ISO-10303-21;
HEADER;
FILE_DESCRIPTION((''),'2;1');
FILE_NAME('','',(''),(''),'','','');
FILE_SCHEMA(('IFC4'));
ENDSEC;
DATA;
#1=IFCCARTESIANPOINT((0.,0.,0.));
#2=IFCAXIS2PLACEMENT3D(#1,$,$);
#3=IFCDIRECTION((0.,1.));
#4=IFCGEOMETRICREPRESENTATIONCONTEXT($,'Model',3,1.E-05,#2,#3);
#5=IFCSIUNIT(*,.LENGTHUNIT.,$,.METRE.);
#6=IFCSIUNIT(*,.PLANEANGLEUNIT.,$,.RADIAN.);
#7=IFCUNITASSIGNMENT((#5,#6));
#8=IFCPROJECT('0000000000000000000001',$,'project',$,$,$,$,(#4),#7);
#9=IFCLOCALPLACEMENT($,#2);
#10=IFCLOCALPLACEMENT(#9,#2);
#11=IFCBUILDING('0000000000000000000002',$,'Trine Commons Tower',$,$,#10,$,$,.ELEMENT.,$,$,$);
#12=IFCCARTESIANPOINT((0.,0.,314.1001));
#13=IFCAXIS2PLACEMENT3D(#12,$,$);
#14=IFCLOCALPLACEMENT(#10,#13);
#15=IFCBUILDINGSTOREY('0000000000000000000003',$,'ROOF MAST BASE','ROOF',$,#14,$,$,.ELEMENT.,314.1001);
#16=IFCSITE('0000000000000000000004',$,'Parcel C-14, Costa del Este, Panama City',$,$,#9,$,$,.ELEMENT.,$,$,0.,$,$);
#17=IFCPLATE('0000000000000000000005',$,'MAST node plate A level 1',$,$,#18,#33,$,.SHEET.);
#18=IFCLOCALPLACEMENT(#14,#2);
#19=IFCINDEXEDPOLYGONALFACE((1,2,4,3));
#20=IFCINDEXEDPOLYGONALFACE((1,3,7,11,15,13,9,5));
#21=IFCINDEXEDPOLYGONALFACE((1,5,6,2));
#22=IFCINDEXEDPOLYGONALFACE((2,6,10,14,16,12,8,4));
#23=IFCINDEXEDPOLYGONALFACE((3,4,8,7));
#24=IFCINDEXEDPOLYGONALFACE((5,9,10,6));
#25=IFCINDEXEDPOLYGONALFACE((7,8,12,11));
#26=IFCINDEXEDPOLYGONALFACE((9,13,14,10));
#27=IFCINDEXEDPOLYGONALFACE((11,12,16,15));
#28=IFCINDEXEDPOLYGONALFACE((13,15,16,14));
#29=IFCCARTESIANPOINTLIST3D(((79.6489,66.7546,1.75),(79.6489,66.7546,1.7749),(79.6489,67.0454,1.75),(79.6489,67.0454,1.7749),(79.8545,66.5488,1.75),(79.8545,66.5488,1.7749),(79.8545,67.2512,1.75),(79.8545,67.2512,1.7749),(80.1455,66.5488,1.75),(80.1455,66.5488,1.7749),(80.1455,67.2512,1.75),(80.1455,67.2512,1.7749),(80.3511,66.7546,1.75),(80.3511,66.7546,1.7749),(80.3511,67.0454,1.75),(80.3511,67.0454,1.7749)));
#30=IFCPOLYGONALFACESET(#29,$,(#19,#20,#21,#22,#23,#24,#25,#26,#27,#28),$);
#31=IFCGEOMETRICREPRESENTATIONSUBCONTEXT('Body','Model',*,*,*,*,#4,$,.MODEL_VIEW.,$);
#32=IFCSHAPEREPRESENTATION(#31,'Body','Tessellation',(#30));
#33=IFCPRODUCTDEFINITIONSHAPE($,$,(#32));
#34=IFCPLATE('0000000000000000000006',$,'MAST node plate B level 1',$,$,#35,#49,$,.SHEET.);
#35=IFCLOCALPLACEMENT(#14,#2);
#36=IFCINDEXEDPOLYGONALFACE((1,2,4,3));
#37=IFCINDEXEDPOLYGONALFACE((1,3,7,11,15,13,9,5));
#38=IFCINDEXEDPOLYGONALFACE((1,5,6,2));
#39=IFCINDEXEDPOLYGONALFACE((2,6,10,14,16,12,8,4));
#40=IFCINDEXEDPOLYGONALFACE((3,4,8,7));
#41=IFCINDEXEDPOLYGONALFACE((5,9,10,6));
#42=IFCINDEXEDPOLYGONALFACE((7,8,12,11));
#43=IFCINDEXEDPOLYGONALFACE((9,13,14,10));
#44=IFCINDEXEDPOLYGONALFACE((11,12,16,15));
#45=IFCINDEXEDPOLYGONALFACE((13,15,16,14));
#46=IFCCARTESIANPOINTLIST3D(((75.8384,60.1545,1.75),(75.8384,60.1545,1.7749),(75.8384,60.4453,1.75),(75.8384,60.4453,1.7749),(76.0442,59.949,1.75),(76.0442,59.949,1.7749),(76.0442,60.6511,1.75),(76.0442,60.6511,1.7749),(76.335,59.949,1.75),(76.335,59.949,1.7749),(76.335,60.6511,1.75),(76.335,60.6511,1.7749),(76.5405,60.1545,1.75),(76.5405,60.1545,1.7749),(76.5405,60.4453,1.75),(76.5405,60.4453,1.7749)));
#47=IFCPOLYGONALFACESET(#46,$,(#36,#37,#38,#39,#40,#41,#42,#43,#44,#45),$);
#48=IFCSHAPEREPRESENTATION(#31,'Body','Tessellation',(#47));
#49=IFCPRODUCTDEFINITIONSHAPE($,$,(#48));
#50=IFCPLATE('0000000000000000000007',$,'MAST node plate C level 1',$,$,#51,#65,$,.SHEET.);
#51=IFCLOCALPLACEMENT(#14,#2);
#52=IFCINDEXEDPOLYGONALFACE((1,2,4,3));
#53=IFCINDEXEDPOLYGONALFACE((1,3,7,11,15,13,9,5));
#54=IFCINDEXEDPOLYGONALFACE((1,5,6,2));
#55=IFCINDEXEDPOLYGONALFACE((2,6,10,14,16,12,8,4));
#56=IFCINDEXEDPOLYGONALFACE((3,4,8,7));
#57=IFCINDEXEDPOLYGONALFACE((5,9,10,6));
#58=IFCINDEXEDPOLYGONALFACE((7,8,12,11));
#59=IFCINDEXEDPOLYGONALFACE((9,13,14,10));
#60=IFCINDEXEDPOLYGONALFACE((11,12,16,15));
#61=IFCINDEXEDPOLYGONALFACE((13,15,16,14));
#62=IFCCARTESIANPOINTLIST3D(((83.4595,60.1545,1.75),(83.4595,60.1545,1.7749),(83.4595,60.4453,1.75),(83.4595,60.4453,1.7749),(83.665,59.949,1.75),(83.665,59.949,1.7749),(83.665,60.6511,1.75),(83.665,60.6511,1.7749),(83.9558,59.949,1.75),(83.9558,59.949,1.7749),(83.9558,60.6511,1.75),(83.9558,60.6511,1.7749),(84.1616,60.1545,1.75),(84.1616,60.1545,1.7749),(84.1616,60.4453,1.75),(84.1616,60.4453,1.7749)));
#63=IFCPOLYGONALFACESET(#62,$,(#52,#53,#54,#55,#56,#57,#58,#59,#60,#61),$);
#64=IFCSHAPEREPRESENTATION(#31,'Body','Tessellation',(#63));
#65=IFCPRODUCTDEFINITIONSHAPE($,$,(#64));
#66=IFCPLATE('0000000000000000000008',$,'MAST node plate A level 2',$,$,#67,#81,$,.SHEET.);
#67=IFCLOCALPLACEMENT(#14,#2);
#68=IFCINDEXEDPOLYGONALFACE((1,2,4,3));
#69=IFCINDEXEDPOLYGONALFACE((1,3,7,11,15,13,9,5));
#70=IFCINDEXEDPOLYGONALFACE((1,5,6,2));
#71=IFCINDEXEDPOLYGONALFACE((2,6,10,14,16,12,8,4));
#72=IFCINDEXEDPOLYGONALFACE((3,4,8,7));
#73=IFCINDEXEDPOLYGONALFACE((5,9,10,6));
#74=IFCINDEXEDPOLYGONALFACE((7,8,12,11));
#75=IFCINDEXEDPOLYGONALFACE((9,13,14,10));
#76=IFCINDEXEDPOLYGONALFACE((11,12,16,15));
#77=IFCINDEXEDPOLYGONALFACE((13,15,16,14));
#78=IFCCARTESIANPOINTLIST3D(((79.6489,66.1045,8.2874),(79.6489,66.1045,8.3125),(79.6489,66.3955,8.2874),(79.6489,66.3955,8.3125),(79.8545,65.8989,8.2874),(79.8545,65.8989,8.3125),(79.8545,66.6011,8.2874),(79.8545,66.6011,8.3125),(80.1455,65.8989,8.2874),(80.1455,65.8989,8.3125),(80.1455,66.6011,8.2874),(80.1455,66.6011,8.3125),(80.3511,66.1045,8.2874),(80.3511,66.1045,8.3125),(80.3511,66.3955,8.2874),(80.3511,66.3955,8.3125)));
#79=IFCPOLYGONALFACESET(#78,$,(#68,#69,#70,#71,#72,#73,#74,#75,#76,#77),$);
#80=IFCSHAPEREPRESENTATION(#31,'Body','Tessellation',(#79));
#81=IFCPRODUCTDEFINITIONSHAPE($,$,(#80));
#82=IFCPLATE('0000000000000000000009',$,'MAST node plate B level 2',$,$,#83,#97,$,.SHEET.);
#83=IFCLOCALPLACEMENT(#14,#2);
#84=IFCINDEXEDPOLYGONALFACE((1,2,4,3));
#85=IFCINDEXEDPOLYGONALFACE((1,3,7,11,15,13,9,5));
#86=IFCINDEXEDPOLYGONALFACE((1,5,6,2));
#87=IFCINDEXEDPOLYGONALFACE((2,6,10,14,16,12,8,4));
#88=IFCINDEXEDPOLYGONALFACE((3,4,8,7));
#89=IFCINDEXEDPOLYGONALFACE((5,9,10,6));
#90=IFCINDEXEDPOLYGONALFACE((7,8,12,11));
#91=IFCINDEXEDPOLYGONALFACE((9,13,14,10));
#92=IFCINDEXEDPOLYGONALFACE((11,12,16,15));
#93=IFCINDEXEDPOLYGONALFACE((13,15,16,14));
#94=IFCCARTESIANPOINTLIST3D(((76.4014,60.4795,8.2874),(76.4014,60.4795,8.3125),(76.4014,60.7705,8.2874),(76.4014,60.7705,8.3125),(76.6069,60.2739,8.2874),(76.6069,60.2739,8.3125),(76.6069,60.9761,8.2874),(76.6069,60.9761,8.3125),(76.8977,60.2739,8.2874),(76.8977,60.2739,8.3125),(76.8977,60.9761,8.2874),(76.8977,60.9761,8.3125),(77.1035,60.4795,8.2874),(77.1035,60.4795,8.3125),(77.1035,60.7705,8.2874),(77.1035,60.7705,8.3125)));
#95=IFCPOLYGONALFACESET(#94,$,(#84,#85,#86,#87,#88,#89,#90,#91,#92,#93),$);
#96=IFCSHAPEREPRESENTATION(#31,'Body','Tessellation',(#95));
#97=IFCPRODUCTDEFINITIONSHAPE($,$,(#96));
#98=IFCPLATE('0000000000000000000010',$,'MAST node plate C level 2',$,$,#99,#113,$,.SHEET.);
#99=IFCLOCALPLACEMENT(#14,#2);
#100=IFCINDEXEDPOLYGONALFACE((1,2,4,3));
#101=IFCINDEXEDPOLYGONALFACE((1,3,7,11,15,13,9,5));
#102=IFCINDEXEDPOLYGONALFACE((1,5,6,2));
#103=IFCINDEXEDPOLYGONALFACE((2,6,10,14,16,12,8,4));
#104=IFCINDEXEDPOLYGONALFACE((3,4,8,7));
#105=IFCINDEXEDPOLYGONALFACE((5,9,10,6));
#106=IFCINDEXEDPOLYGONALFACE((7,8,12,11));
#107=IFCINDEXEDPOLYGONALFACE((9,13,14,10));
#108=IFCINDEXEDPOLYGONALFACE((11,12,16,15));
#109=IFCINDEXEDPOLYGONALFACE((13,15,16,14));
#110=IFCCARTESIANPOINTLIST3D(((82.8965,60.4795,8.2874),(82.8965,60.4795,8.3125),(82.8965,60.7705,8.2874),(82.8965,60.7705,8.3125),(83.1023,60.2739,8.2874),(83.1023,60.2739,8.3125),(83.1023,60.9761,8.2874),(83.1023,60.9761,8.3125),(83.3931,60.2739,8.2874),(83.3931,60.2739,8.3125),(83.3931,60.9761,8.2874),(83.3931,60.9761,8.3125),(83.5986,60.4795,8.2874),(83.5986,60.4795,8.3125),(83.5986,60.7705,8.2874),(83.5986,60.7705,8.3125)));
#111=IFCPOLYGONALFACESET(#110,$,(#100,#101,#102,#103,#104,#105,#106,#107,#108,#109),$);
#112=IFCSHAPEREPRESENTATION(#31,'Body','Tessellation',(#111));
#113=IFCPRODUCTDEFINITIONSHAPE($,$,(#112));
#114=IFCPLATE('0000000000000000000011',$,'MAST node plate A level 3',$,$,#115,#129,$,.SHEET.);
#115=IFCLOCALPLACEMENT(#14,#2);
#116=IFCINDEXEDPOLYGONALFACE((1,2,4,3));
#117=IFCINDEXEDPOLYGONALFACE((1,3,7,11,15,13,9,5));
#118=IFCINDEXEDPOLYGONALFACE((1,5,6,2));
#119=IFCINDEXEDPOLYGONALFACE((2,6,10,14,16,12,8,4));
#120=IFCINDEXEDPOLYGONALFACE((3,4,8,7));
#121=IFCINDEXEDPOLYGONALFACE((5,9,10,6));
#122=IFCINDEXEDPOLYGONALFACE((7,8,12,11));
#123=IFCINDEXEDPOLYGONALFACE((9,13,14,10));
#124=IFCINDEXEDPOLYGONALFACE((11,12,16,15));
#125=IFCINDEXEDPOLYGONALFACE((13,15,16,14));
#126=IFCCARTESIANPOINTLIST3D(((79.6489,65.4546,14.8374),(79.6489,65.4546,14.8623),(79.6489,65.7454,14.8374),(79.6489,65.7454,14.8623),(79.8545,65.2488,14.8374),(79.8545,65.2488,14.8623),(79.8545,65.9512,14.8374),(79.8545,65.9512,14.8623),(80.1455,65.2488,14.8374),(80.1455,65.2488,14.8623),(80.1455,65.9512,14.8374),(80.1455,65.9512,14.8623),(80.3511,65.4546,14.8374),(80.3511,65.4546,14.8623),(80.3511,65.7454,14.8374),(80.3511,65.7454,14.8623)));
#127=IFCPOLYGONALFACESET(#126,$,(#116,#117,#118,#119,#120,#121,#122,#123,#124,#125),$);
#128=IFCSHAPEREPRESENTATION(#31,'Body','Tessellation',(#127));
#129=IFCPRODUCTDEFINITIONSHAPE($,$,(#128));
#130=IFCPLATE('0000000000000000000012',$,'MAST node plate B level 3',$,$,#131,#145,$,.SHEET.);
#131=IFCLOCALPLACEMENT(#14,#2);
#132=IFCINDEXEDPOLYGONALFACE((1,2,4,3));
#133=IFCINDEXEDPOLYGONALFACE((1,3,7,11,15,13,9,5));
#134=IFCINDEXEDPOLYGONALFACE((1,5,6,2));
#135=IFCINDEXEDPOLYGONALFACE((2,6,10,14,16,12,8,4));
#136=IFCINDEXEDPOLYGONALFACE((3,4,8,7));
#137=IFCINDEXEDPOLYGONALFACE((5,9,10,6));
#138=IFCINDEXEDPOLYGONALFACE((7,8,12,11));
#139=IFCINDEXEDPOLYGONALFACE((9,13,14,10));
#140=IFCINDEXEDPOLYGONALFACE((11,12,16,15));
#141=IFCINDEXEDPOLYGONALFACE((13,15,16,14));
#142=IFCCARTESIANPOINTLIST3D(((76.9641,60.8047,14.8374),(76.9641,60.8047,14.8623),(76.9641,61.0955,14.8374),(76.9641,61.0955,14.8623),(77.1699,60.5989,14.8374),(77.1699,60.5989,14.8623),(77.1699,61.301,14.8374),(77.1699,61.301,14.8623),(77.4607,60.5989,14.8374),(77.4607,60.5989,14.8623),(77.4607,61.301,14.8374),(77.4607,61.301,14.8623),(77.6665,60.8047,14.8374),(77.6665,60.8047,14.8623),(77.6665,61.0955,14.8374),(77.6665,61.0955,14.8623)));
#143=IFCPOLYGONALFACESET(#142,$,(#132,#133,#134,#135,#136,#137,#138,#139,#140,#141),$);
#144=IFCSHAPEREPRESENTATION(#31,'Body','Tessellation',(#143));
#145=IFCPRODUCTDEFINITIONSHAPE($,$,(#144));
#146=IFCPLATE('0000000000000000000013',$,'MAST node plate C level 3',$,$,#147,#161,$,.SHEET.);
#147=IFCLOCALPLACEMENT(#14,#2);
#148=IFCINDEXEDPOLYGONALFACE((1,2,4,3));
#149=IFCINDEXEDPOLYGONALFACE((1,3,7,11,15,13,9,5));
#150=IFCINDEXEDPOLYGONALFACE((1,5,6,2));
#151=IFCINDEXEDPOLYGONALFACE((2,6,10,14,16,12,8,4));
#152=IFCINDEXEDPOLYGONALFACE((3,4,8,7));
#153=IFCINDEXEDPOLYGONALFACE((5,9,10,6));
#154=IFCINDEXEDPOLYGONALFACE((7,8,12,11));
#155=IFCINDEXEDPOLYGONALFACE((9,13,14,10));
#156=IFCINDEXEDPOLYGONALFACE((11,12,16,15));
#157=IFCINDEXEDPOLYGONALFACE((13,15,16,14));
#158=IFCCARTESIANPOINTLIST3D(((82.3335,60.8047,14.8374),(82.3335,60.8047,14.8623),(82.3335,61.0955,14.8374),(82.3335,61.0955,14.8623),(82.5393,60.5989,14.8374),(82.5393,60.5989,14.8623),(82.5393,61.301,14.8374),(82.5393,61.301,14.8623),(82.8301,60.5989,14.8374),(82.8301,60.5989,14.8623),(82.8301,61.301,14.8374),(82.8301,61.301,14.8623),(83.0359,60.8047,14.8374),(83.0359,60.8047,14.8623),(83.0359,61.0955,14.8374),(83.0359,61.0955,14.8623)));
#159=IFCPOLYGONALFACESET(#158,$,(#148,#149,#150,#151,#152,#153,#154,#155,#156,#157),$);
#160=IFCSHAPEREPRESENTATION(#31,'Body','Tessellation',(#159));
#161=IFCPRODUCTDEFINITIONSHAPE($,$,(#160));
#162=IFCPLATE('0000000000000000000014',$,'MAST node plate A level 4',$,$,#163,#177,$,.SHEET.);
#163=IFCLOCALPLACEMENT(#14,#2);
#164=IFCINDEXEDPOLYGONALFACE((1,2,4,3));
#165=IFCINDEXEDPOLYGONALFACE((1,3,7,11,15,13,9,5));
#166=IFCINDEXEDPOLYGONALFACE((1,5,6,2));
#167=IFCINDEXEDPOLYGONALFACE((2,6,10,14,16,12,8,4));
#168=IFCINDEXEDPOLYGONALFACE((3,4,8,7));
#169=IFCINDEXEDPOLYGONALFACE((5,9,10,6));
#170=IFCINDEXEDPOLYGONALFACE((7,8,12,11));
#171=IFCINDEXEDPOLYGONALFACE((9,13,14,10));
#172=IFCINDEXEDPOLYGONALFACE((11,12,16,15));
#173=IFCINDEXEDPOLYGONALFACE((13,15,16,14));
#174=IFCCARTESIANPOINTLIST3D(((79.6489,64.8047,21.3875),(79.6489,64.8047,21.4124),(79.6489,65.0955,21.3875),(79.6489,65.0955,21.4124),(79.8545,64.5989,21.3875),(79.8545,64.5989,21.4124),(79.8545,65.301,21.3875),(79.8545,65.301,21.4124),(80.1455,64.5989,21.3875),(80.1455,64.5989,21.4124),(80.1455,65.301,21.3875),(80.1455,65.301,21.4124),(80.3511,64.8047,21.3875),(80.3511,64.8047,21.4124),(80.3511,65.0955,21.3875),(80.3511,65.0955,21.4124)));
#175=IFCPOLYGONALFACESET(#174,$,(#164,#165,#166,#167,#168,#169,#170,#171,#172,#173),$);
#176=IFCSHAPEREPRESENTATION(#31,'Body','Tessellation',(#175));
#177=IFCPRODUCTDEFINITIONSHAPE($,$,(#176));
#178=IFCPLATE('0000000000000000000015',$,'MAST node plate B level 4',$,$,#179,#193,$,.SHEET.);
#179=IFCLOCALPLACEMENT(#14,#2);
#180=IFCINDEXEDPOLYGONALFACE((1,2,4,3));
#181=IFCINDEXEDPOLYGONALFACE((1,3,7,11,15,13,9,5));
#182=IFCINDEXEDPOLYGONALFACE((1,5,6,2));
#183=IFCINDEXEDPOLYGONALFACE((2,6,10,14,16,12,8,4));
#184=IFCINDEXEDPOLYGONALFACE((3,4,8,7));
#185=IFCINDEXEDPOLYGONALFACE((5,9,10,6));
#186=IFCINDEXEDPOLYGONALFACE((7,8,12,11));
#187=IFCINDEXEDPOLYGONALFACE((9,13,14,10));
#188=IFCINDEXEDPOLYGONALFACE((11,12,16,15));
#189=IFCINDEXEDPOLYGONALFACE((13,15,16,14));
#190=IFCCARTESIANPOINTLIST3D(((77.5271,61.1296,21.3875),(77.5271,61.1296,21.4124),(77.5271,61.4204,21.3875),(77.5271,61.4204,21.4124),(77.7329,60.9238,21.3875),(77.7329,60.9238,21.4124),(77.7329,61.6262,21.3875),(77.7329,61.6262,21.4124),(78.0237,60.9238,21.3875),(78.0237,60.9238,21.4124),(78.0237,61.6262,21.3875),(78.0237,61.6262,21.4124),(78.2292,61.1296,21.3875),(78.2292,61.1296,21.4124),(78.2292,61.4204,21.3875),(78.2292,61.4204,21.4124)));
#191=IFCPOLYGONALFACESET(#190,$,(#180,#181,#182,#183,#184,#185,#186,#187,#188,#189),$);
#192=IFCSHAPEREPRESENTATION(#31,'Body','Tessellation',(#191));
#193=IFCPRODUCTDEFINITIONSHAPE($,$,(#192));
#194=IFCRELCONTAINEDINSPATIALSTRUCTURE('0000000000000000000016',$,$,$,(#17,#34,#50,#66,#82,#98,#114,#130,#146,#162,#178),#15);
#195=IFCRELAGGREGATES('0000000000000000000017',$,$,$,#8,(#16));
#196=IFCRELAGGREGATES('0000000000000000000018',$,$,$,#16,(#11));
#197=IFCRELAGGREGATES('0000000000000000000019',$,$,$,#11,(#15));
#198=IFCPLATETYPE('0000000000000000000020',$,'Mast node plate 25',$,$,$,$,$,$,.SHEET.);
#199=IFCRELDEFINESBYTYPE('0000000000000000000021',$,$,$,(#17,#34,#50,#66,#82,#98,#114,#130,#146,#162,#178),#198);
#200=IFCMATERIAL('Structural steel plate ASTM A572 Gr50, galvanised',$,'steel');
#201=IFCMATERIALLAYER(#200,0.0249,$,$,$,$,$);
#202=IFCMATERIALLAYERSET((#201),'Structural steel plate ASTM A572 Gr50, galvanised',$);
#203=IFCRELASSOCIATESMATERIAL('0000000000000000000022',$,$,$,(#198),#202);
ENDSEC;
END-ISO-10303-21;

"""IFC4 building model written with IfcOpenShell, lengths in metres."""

from ifc_helpers import new_model, si_unit, direction, frame, origin, place, context, subcontext, project, spatial, polyline, outline, extrude, material, layer, layer_set, type_object, element, save


model = new_model("IFC4")

# Units and contexts
model_context = context("Model", 3, precision=1e-05, world=origin(), true_north=direction((0.0, 1.0)))
body_context = subcontext(model_context, "Body", "Model", "MODEL_VIEW")
ifc_project = project(units=[si_unit("LENGTHUNIT", "METRE"), si_unit("PLANEANGLEUNIT", "RADIAN")], contexts=[model_context])

# Site, building, storey
site_placement = place(None, origin())
site = spatial("IfcSite", under=ifc_project, at=site_placement, Name="Parcel C-14, Costa del Este, Panama City", CompositionType="ELEMENT", RefElevation=0.0)
building_placement = place(site_placement, origin())
building = spatial("IfcBuilding", under=site, at=building_placement, Name="Trine Commons Tower", CompositionType="ELEMENT")
storey_placement = place(building_placement, frame((0.0, 0.0, 314.1001)))
storey = spatial("IfcBuildingStorey", under=building, at=storey_placement, Name="ROOF MAST BASE", Description="ROOF", CompositionType="ELEMENT", Elevation=314.1001)

# Plates
ifc_material_1 = material(Name="Structural steel plate ASTM A572 Gr50, galvanised", Category="steel")
ifc_layer_1 = layer(ifc_material_1, 0.0249)
ifc_layer_set_1 = layer_set([ifc_layer_1], Name="Structural steel plate ASTM A572 Gr50, galvanised")
plate_type_1 = type_object("IfcPlateType", Name="Mast node plate 25", PredefinedType="SHEET", material=ifc_layer_set_1)
plate_1_placement = place(storey_placement, frame((0.0, 0.0, 1.75)))
element("IfcPlate", 1, at=plate_1_placement, inside=storey, type_object=plate_type_1, Name="MAST node plate A level 1", PredefinedType="SHEET", context=body_context, shape_type="SweptSolid", body=[
    extrude(outline(polyline([(80.3511, 67.0454), (80.1455, 67.2512), (79.8545, 67.2512), (79.6489, 67.0454), (79.6489, 66.7546), (79.8545, 66.5488), (80.1455, 66.5488), (80.3511, 66.7546), (80.3511, 67.0454)])), origin(), (0.0, 0.0, 1.0), 0.0249),
])
plate_2_placement = place(storey_placement, frame((0.0, 0.0, 1.75)))
element("IfcPlate", 2, at=plate_2_placement, inside=storey, type_object=plate_type_1, Name="MAST node plate B level 1", PredefinedType="SHEET", context=body_context, shape_type="SweptSolid", body=[
    extrude(outline(polyline([(76.5405, 60.4453), (76.335, 60.6511), (76.0442, 60.6511), (75.8384, 60.4453), (75.8384, 60.1545), (76.0442, 59.949), (76.335, 59.949), (76.5405, 60.1545), (76.5405, 60.4453)])), origin(), (0.0, 0.0, 1.0), 0.0249),
])
plate_3_placement = place(storey_placement, frame((0.0, 0.0, 1.75)))
element("IfcPlate", 3, at=plate_3_placement, inside=storey, type_object=plate_type_1, Name="MAST node plate C level 1", PredefinedType="SHEET", context=body_context, shape_type="SweptSolid", body=[
    extrude(outline(polyline([(84.1616, 60.4453), (83.9558, 60.6511), (83.665, 60.6511), (83.4595, 60.4453), (83.4595, 60.1545), (83.665, 59.949), (83.9558, 59.949), (84.1616, 60.1545), (84.1616, 60.4453)])), origin(), (0.0, 0.0, 1.0), 0.0249),
])
plate_4_placement = place(storey_placement, frame((0.0, 0.0, 8.2874)))
element("IfcPlate", 4, at=plate_4_placement, inside=storey, type_object=plate_type_1, Name="MAST node plate A level 2", PredefinedType="SHEET", context=body_context, shape_type="SweptSolid", body=[
    extrude(outline(polyline([(80.3511, 66.3955), (80.1455, 66.6011), (79.8545, 66.6011), (79.6489, 66.3955), (79.6489, 66.1045), (79.8545, 65.8989), (80.1455, 65.8989), (80.3511, 66.1045), (80.3511, 66.3955)])), origin(), (0.0, 0.0, 1.0), 0.0251),
])
plate_5_placement = place(storey_placement, frame((0.0, 0.0, 8.2874)))
element("IfcPlate", 5, at=plate_5_placement, inside=storey, type_object=plate_type_1, Name="MAST node plate B level 2", PredefinedType="SHEET", context=body_context, shape_type="SweptSolid", body=[
    extrude(outline(polyline([(77.1035, 60.7705), (76.8977, 60.9761), (76.6069, 60.9761), (76.4014, 60.7705), (76.4014, 60.4795), (76.6069, 60.2739), (76.8977, 60.2739), (77.1035, 60.4795), (77.1035, 60.7705)])), origin(), (0.0, 0.0, 1.0), 0.0251),
])
plate_6_placement = place(storey_placement, frame((0.0, 0.0, 8.2874)))
element("IfcPlate", 6, at=plate_6_placement, inside=storey, type_object=plate_type_1, Name="MAST node plate C level 2", PredefinedType="SHEET", context=body_context, shape_type="SweptSolid", body=[
    extrude(outline(polyline([(83.5986, 60.7705), (83.3931, 60.9761), (83.1023, 60.9761), (82.8965, 60.7705), (82.8965, 60.4795), (83.1023, 60.2739), (83.3931, 60.2739), (83.5986, 60.4795), (83.5986, 60.7705)])), origin(), (0.0, 0.0, 1.0), 0.0251),
])
plate_7_placement = place(storey_placement, frame((0.0, 0.0, 14.8374)))
element("IfcPlate", 7, at=plate_7_placement, inside=storey, type_object=plate_type_1, Name="MAST node plate A level 3", PredefinedType="SHEET", context=body_context, shape_type="SweptSolid", body=[
    extrude(outline(polyline([(80.3511, 65.7454), (80.1455, 65.9512), (79.8545, 65.9512), (79.6489, 65.7454), (79.6489, 65.4546), (79.8545, 65.2488), (80.1455, 65.2488), (80.3511, 65.4546), (80.3511, 65.7454)])), origin(), (0.0, 0.0, 1.0), 0.0249),
])
plate_8_placement = place(storey_placement, frame((0.0, 0.0, 14.8374)))
element("IfcPlate", 8, at=plate_8_placement, inside=storey, type_object=plate_type_1, Name="MAST node plate B level 3", PredefinedType="SHEET", context=body_context, shape_type="SweptSolid", body=[
    extrude(outline(polyline([(77.6665, 61.0955), (77.4607, 61.301), (77.1699, 61.301), (76.9641, 61.0955), (76.9641, 60.8047), (77.1699, 60.5989), (77.4607, 60.5989), (77.6665, 60.8047), (77.6665, 61.0955)])), origin(), (0.0, 0.0, 1.0), 0.0249),
])
plate_9_placement = place(storey_placement, frame((0.0, 0.0, 14.8374)))
element("IfcPlate", 9, at=plate_9_placement, inside=storey, type_object=plate_type_1, Name="MAST node plate C level 3", PredefinedType="SHEET", context=body_context, shape_type="SweptSolid", body=[
    extrude(outline(polyline([(83.0359, 61.0955), (82.8301, 61.301), (82.5393, 61.301), (82.3335, 61.0955), (82.3335, 60.8047), (82.5393, 60.5989), (82.8301, 60.5989), (83.0359, 60.8047), (83.0359, 61.0955)])), origin(), (0.0, 0.0, 1.0), 0.0249),
])
plate_10_placement = place(storey_placement, frame((0.0, 0.0, 21.3875)))
element("IfcPlate", 10, at=plate_10_placement, inside=storey, type_object=plate_type_1, Name="MAST node plate A level 4", PredefinedType="SHEET", context=body_context, shape_type="SweptSolid", body=[
    extrude(outline(polyline([(80.3511, 65.0955), (80.1455, 65.301), (79.8545, 65.301), (79.6489, 65.0955), (79.6489, 64.8047), (79.8545, 64.5989), (80.1455, 64.5989), (80.3511, 64.8047), (80.3511, 65.0955)])), origin(), (0.0, 0.0, 1.0), 0.0249),
])
plate_11_placement = place(storey_placement, frame((0.0, 0.0, 21.3875)))
element("IfcPlate", 11, at=plate_11_placement, inside=storey, type_object=plate_type_1, Name="MAST node plate B level 4", PredefinedType="SHEET", context=body_context, shape_type="SweptSolid", body=[
    extrude(outline(polyline([(78.2292, 61.4204), (78.0237, 61.6262), (77.7329, 61.6262), (77.5271, 61.4204), (77.5271, 61.1296), (77.7329, 60.9238), (78.0237, 60.9238), (78.2292, 61.1296), (78.2292, 61.4204)])), origin(), (0.0, 0.0, 1.0), 0.0249),
])

save(model, "model.ifc")
